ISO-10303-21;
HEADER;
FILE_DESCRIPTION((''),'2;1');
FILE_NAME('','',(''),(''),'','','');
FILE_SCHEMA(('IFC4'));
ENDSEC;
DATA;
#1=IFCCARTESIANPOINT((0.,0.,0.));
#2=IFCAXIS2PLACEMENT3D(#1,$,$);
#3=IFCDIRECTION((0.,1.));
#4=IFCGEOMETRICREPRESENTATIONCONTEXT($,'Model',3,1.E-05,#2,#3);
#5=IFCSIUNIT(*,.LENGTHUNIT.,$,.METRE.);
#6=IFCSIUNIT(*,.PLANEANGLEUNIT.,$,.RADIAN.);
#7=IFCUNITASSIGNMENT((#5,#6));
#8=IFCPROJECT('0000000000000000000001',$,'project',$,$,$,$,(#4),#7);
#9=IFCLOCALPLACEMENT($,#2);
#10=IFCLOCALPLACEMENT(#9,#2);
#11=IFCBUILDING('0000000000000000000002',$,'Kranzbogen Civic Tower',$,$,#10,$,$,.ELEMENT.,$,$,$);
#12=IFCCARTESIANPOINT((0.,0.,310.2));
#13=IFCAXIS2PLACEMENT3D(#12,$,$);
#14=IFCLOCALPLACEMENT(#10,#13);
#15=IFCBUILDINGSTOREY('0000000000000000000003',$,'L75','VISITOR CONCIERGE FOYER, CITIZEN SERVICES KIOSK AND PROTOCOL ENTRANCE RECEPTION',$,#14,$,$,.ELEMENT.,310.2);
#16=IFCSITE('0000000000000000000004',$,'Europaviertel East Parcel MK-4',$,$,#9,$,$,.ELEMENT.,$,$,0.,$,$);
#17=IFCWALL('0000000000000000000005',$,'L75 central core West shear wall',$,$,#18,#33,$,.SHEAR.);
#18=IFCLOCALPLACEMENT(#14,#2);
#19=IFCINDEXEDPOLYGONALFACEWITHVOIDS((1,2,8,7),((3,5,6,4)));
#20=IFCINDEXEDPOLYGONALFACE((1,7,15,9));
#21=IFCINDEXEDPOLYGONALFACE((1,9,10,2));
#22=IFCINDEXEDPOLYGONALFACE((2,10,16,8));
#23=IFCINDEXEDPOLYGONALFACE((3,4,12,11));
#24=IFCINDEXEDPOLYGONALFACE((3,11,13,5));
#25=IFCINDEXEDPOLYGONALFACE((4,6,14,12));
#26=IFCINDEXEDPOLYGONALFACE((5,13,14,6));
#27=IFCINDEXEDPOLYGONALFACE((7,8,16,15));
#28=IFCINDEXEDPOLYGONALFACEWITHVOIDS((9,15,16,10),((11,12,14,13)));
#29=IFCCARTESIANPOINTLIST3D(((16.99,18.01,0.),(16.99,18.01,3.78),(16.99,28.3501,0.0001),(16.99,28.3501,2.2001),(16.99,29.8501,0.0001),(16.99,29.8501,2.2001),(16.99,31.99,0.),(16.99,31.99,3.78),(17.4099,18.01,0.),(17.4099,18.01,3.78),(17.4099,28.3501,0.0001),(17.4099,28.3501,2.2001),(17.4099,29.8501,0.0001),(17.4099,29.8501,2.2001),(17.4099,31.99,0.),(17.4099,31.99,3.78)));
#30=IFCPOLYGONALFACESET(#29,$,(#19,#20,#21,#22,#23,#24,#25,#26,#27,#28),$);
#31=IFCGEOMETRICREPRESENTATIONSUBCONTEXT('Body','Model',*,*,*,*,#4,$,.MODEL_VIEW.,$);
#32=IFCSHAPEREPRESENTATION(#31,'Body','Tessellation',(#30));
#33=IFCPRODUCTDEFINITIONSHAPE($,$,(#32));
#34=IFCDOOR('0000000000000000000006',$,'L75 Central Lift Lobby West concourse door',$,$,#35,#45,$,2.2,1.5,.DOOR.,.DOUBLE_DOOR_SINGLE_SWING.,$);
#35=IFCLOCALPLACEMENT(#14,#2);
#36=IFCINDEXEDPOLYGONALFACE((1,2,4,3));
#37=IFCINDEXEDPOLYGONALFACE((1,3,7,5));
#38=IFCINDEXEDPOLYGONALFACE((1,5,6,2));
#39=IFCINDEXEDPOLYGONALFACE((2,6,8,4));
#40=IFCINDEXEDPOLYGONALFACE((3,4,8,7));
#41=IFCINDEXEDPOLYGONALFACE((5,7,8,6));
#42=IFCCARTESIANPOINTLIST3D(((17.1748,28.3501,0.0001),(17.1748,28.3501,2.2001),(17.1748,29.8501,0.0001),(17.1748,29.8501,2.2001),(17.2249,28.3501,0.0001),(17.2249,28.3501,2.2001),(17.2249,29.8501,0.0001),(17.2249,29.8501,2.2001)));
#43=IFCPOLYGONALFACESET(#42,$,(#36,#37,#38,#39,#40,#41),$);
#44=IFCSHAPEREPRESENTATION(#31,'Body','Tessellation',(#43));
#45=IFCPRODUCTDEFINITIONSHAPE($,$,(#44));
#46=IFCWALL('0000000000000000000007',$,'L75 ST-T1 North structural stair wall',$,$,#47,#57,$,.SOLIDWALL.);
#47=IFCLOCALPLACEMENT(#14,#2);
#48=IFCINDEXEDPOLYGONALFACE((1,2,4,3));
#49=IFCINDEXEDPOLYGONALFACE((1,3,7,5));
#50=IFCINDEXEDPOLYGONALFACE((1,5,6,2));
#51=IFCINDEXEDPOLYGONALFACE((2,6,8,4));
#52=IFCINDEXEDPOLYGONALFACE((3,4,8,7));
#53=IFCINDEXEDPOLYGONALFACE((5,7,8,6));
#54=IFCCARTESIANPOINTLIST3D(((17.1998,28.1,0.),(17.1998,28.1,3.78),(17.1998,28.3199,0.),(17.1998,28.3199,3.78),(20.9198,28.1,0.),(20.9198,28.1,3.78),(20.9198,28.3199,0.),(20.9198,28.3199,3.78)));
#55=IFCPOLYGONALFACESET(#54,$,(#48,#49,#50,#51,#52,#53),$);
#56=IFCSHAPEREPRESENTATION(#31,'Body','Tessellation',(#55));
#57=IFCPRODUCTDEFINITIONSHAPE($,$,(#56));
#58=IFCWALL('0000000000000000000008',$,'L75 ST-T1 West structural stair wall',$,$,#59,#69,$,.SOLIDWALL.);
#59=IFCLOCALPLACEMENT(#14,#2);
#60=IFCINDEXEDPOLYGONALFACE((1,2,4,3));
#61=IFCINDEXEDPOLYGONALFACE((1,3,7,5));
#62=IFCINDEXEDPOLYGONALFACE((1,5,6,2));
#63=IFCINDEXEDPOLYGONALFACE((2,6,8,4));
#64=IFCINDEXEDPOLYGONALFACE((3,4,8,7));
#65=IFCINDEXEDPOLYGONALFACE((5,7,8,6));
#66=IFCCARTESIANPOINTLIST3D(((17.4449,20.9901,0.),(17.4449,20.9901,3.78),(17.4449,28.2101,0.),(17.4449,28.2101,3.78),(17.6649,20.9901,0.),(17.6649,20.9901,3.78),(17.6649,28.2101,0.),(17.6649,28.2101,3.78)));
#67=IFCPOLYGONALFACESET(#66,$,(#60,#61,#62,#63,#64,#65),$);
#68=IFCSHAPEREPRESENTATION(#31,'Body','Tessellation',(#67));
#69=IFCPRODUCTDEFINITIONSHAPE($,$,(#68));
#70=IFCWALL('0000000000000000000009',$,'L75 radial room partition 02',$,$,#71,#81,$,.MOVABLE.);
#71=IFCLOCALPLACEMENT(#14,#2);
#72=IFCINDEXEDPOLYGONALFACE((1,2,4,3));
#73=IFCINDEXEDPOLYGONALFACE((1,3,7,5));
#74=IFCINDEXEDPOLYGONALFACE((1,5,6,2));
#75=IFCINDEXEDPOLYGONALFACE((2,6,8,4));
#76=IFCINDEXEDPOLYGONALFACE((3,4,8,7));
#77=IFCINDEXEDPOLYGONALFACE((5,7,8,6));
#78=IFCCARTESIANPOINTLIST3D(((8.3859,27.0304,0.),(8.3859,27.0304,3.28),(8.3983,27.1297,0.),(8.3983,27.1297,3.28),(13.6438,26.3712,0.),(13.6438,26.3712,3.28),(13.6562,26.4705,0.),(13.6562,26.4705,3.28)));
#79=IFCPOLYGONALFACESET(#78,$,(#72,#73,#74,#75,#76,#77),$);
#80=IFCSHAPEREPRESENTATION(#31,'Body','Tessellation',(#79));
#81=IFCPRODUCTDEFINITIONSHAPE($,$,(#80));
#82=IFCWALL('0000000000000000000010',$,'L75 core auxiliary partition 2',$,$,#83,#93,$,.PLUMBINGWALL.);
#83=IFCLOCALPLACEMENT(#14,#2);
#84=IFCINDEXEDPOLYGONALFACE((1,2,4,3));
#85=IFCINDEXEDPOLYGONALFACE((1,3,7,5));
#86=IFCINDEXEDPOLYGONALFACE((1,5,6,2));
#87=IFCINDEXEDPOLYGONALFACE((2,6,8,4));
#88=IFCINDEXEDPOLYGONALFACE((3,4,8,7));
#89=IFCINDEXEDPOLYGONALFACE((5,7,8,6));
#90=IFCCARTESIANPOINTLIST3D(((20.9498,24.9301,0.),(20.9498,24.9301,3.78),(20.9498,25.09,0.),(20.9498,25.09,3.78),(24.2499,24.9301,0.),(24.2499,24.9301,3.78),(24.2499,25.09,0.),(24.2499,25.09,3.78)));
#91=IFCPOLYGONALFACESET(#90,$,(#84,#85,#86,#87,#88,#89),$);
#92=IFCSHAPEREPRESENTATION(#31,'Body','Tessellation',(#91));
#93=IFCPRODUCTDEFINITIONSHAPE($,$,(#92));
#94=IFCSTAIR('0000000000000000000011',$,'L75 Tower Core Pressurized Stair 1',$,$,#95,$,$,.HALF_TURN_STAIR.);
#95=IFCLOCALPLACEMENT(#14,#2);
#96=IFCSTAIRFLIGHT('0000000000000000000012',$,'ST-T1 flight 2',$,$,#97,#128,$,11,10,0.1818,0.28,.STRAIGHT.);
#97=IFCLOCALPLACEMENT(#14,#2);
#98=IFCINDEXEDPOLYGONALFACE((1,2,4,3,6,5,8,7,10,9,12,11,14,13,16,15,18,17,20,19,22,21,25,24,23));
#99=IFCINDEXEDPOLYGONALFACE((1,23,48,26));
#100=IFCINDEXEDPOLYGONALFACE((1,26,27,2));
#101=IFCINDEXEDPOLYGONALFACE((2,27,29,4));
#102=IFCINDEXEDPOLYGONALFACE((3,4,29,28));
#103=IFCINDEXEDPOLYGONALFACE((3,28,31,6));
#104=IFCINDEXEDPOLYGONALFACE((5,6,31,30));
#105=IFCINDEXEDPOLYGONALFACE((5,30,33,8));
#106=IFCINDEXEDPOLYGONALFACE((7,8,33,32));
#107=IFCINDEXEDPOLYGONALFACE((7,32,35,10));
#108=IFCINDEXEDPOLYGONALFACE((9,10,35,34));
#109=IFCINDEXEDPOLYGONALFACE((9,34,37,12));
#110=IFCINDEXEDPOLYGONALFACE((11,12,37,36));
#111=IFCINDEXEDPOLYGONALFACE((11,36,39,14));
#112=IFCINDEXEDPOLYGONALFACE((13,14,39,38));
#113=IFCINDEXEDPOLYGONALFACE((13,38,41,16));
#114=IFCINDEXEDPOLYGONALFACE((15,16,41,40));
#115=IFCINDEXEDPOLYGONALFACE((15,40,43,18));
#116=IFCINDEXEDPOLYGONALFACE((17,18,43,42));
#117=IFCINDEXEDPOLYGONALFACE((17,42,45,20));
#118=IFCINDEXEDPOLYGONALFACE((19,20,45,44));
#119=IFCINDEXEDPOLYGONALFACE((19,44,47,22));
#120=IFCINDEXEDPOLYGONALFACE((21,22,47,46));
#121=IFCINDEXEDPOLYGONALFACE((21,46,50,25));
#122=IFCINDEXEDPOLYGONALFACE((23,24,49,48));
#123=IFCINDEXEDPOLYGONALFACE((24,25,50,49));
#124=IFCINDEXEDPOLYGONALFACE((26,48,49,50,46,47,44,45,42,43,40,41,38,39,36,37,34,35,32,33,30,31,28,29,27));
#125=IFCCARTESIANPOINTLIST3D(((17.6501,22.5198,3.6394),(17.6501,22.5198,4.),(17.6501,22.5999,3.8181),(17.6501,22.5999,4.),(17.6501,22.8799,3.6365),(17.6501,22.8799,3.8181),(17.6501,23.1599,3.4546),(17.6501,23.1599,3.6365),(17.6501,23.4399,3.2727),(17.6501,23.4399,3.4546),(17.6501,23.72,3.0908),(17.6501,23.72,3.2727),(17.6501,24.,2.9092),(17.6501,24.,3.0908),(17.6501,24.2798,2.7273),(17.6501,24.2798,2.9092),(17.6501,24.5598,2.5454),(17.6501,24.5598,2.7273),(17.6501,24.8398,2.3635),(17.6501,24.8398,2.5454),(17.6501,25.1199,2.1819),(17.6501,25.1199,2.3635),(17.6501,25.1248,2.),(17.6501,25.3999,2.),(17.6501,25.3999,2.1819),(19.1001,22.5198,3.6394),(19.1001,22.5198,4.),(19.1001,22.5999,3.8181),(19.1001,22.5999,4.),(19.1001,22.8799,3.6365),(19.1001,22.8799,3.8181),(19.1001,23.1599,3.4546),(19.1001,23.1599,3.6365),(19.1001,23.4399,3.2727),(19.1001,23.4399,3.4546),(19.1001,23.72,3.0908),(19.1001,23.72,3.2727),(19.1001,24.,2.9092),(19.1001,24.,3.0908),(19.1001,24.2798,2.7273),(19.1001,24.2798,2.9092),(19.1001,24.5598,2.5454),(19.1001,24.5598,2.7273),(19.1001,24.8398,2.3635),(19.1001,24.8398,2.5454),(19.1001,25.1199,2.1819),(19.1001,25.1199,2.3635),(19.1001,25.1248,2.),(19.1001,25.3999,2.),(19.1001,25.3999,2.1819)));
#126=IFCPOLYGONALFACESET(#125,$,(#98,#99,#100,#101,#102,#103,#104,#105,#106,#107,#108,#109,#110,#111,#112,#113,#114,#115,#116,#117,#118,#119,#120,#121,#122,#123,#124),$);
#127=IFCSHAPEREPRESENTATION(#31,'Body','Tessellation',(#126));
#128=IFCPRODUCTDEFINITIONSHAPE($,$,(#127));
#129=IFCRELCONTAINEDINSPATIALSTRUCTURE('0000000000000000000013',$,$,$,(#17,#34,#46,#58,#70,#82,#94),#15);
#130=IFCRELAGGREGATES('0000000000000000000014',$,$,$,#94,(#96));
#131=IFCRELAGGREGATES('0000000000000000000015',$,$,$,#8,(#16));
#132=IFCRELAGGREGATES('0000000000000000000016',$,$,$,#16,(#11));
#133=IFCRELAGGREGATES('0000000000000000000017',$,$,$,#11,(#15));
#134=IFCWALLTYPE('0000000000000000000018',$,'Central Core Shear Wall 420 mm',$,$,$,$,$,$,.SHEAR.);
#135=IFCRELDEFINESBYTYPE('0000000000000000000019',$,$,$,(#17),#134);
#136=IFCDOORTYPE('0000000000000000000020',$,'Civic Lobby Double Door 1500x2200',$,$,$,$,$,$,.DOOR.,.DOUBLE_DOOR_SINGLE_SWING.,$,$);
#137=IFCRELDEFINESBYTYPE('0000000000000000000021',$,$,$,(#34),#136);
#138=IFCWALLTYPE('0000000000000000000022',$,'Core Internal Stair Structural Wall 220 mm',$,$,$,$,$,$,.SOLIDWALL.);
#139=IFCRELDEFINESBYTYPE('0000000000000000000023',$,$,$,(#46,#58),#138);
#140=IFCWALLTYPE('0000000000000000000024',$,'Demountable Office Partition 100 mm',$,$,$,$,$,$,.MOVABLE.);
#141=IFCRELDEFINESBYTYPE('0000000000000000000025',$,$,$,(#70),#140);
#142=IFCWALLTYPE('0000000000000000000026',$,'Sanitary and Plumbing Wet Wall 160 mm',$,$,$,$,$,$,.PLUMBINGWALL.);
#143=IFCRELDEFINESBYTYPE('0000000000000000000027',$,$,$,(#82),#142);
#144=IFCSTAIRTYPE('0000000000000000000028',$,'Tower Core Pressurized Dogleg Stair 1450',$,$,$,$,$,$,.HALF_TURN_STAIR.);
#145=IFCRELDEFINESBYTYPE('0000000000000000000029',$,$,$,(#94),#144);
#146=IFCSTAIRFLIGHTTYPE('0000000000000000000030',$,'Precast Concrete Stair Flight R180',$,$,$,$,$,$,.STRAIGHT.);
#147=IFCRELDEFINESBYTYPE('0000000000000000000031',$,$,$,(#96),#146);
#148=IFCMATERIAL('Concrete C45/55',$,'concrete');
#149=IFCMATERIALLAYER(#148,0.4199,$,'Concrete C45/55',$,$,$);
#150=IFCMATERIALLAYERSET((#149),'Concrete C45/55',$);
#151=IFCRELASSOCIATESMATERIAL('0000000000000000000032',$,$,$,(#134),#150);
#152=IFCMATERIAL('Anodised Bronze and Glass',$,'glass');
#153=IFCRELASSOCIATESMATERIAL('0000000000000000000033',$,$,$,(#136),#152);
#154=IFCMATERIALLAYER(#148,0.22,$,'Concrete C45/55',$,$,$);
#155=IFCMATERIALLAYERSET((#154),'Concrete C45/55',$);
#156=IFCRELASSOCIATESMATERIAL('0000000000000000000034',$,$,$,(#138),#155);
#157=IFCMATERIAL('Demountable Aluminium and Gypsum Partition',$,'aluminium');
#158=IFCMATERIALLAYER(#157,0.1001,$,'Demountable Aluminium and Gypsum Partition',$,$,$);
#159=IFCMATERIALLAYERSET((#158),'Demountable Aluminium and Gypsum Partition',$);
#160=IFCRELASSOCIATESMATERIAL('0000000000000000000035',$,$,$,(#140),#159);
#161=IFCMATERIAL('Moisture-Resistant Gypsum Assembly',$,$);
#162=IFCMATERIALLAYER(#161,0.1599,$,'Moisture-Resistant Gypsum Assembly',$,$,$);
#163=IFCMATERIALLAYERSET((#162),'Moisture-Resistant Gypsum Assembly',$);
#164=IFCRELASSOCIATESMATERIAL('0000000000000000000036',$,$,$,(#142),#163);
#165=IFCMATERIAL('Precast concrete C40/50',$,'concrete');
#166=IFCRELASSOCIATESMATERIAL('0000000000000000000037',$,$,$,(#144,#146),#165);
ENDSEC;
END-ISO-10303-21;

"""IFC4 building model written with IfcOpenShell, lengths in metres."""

from ifc_helpers import new_model, si_unit, direction, frame, frame_2d, origin, place, context, subcontext, project, spatial, polyline, rectangle, outline, extrude, material, layer, layer_set, type_object, element, fill, aggregate, save


model = new_model("IFC4")

# Units and contexts
model_context = context("Model", 3, precision=1e-05, world=origin(), true_north=direction((0.0, 1.0)))
body_context = subcontext(model_context, "Body", "Model", "MODEL_VIEW")
ifc_project = project(units=[si_unit("LENGTHUNIT", "METRE"), si_unit("PLANEANGLEUNIT", "RADIAN")], contexts=[model_context])

# Site, building, storey
site_placement = place(None, origin())
site = spatial("IfcSite", under=ifc_project, at=site_placement, Name="Europaviertel East Parcel MK-4", CompositionType="ELEMENT", RefElevation=0.0)
building_placement = place(site_placement, origin())
building = spatial("IfcBuilding", under=site, at=building_placement, Name="Kranzbogen Civic Tower", CompositionType="ELEMENT")
storey_placement = place(building_placement, frame((0.0, 0.0, 310.2)))
storey = spatial("IfcBuildingStorey", under=building, at=storey_placement, Name="L75", Description="VISITOR CONCIERGE FOYER, CITIZEN SERVICES KIOSK AND PROTOCOL ENTRANCE RECEPTION", CompositionType="ELEMENT", Elevation=310.2)

# Wall, opening, door
ifc_material_1 = material(Name="Concrete C45/55", Category="concrete")
ifc_layer_1 = layer(ifc_material_1, 0.4199, Name="Concrete C45/55")
ifc_layer_set_1 = layer_set([ifc_layer_1], Name="Concrete C45/55")
wall_type_1 = type_object("IfcWallType", Name="Central Core Shear Wall 420 mm", PredefinedType="SHEAR", material=ifc_layer_set_1)
wall_1_placement = place(storey_placement, frame((17.2, 31.99, 0.0), z_axis=(0.0, 0.0, 1.0), x_axis=(0.0, -1.0, 0.0)))
wall_1 = element("IfcWall", 1, at=wall_1_placement, inside=storey, type_object=wall_type_1, Name="L75 central core West shear wall", PredefinedType="SHEAR", context=body_context, shape_type="SweptSolid", body=[
    extrude(rectangle(XDim=13.98, YDim=0.4199, at=frame_2d((6.99, 0.0))), origin(), (0.0, 0.0, 1.0), 3.78),
])
opening_placement = place(wall_1_placement, frame((2.1399, 0.0, 0.0)))
opening = element("IfcOpeningElement", 2, at=opening_placement, cuts=wall_1, PredefinedType="OPENING", context=body_context, shape_type="SweptSolid", body=[
    extrude(rectangle(XDim=1.5, YDim=2.2, at=frame_2d((0.75, 1.1001))), frame((0.0, 0.22, 0.0), z_axis=(0.0, -1.0, 0.0), x_axis=(1.0, 0.0, 0.0)), (0.0, 0.0, 1.0), 0.4399),
])
ifc_material_2 = material(Name="Anodised Bronze and Glass", Category="glass")
door_type = type_object("IfcDoorType", Name="Civic Lobby Double Door 1500x2200", OperationType="DOUBLE_DOOR_SINGLE_SWING", PredefinedType="DOOR", material=ifc_material_2)
door_placement = place(opening_placement, origin())
door = element("IfcDoor", 3, at=door_placement, inside=storey, type_object=door_type, Name="L75 Central Lift Lobby West concourse door", OperationType="DOUBLE_DOOR_SINGLE_SWING", OverallHeight=2.2, OverallWidth=1.5, PredefinedType="DOOR", context=body_context, shape_type="SweptSolid", body=[
    extrude(rectangle(XDim=1.5, YDim=2.2, at=frame_2d((0.75, 1.1001))), frame((0.0, 0.0249, 0.0), z_axis=(0.0, -1.0, 0.0), x_axis=(1.0, 0.0, 0.0)), (0.0, 0.0, 1.0), 0.05),
])
fill(opening, door)

# Walls
ifc_layer_2 = layer(ifc_material_1, 0.22, Name="Concrete C45/55")
ifc_layer_set_2 = layer_set([ifc_layer_2], Name="Concrete C45/55")
wall_type_2 = type_object("IfcWallType", Name="Core Internal Stair Structural Wall 220 mm", PredefinedType="SOLIDWALL", material=ifc_layer_set_2)
wall_2_placement = place(storey_placement, frame((17.2, 28.21, 0.0), z_axis=(0.0, 0.0, 1.0), x_axis=(1.0, 0.0, 0.0)))
element("IfcWall", 4, at=wall_2_placement, inside=storey, type_object=wall_type_2, Name="L75 ST-T1 North structural stair wall", PredefinedType="SOLIDWALL", context=body_context, shape_type="SweptSolid", body=[
    extrude(rectangle(XDim=3.72, YDim=0.22, at=frame_2d((1.8599, 0.0))), origin(), (0.0, 0.0, 1.0), 3.78),
])
wall_3_placement = place(storey_placement, frame((17.5549, 28.21, 0.0), z_axis=(0.0, 0.0, 1.0), x_axis=(0.0, -1.0, 0.0)))
element("IfcWall", 5, at=wall_3_placement, inside=storey, type_object=wall_type_2, Name="L75 ST-T1 West structural stair wall", PredefinedType="SOLIDWALL", context=body_context, shape_type="SweptSolid", body=[
    extrude(rectangle(XDim=7.22, YDim=0.22, at=frame_2d((3.6099, 0.0))), origin(), (0.0, 0.0, 1.0), 3.78),
])
ifc_material_3 = material(Name="Demountable Aluminium and Gypsum Partition", Category="aluminium")
ifc_layer_3 = layer(ifc_material_3, 0.1001, Name="Demountable Aluminium and Gypsum Partition")
ifc_layer_set_3 = layer_set([ifc_layer_3], Name="Demountable Aluminium and Gypsum Partition")
wall_type_3 = type_object("IfcWallType", Name="Demountable Office Partition 100 mm", PredefinedType="MOVABLE", material=ifc_layer_set_3)
wall_4_placement = place(storey_placement, frame((13.6499, 26.4209, 0.0), z_axis=(0.0, 0.0, 1.0), x_axis=(-0.992232, 0.124398, 0.0)))
element("IfcWall", 6, at=wall_4_placement, inside=storey, type_object=wall_type_3, Name="L75 radial room partition 02", PredefinedType="MOVABLE", context=body_context, shape_type="SweptSolid", body=[
    extrude(rectangle(XDim=5.2991, YDim=0.1001, at=frame_2d((2.6494, 0.0))), origin(), (0.0, 0.0, 1.0), 3.28),
])
ifc_material_4 = material(Name="Moisture-Resistant Gypsum Assembly")
ifc_layer_4 = layer(ifc_material_4, 0.1599, Name="Moisture-Resistant Gypsum Assembly")
ifc_layer_set_4 = layer_set([ifc_layer_4], Name="Moisture-Resistant Gypsum Assembly")
wall_type_4 = type_object("IfcWallType", Name="Sanitary and Plumbing Wet Wall 160 mm", PredefinedType="PLUMBINGWALL", material=ifc_layer_set_4)
wall_5_placement = place(storey_placement, frame((20.95, 25.01, 0.0), z_axis=(0.0, 0.0, 1.0), x_axis=(1.0, 0.0, 0.0)))
element("IfcWall", 7, at=wall_5_placement, inside=storey, type_object=wall_type_4, Name="L75 core auxiliary partition 2", PredefinedType="PLUMBINGWALL", context=body_context, shape_type="SweptSolid", body=[
    extrude(rectangle(XDim=3.3, YDim=0.1599, at=frame_2d((1.6499, 0.0))), origin(), (0.0, 0.0, 1.0), 3.78),
])

# Stair, stair flight
ifc_material_5 = material(Name="Precast concrete C40/50", Category="concrete")
stair_type = type_object("IfcStairType", Name="Tower Core Pressurized Dogleg Stair 1450", PredefinedType="HALF_TURN_STAIR", material=ifc_material_5)
stair_placement = place(storey_placement, origin())
stair = element("IfcStair", 8, at=stair_placement, inside=storey, type_object=stair_type, Name="L75 Tower Core Pressurized Stair 1", PredefinedType="HALF_TURN_STAIR")
stair_flight_type = type_object("IfcStairFlightType", Name="Precast Concrete Stair Flight R180", PredefinedType="STRAIGHT", material=ifc_material_5)
stair_flight_placement = place(storey_placement, frame((18.375, 25.3999, 2.0), z_axis=(0.0, 0.0, 1.0), x_axis=(0.0, -1.0, 0.0)))
stair_flight = element("IfcStairFlight", 9, at=stair_flight_placement, type_object=stair_flight_type, Name="ST-T1 flight 2", NumberOfRisers=11, NumberOfTreads=10, PredefinedType="STRAIGHT", RiserHeight=0.1818, TreadLength=0.28, context=body_context, shape_type="SweptSolid", body=[
    extrude(outline(polyline([(0.0, 0.0), (0.0, 0.1819), (0.28, 0.1819), (0.28, 0.3635), (0.5601, 0.3635), (0.5601, 0.5454), (0.8401, 0.5454), (0.8401, 0.7273), (1.1201, 0.7273), (1.1201, 0.9092), (1.3999, 0.9092), (1.3999, 1.0908), (1.6799, 1.0908), (1.6799, 1.2727), (1.96, 1.2727), (1.96, 1.4546), (2.24, 1.4546), (2.24, 1.6365), (2.52, 1.6365), (2.52, 1.8181), (2.8, 1.8181), (2.8, 2.0), (2.8801, 2.0), (2.8801, 1.6394), (0.2751, 0.0), (0.0, 0.0)])), frame((0.0, 0.7251, 0.0), z_axis=(0.0, -1.0, 0.0), x_axis=(1.0, 0.0, 0.0)), (0.0, 0.0, 1.0), 1.45),
])
aggregate(stair, [stair_flight])

save(model, "model.ifc")
